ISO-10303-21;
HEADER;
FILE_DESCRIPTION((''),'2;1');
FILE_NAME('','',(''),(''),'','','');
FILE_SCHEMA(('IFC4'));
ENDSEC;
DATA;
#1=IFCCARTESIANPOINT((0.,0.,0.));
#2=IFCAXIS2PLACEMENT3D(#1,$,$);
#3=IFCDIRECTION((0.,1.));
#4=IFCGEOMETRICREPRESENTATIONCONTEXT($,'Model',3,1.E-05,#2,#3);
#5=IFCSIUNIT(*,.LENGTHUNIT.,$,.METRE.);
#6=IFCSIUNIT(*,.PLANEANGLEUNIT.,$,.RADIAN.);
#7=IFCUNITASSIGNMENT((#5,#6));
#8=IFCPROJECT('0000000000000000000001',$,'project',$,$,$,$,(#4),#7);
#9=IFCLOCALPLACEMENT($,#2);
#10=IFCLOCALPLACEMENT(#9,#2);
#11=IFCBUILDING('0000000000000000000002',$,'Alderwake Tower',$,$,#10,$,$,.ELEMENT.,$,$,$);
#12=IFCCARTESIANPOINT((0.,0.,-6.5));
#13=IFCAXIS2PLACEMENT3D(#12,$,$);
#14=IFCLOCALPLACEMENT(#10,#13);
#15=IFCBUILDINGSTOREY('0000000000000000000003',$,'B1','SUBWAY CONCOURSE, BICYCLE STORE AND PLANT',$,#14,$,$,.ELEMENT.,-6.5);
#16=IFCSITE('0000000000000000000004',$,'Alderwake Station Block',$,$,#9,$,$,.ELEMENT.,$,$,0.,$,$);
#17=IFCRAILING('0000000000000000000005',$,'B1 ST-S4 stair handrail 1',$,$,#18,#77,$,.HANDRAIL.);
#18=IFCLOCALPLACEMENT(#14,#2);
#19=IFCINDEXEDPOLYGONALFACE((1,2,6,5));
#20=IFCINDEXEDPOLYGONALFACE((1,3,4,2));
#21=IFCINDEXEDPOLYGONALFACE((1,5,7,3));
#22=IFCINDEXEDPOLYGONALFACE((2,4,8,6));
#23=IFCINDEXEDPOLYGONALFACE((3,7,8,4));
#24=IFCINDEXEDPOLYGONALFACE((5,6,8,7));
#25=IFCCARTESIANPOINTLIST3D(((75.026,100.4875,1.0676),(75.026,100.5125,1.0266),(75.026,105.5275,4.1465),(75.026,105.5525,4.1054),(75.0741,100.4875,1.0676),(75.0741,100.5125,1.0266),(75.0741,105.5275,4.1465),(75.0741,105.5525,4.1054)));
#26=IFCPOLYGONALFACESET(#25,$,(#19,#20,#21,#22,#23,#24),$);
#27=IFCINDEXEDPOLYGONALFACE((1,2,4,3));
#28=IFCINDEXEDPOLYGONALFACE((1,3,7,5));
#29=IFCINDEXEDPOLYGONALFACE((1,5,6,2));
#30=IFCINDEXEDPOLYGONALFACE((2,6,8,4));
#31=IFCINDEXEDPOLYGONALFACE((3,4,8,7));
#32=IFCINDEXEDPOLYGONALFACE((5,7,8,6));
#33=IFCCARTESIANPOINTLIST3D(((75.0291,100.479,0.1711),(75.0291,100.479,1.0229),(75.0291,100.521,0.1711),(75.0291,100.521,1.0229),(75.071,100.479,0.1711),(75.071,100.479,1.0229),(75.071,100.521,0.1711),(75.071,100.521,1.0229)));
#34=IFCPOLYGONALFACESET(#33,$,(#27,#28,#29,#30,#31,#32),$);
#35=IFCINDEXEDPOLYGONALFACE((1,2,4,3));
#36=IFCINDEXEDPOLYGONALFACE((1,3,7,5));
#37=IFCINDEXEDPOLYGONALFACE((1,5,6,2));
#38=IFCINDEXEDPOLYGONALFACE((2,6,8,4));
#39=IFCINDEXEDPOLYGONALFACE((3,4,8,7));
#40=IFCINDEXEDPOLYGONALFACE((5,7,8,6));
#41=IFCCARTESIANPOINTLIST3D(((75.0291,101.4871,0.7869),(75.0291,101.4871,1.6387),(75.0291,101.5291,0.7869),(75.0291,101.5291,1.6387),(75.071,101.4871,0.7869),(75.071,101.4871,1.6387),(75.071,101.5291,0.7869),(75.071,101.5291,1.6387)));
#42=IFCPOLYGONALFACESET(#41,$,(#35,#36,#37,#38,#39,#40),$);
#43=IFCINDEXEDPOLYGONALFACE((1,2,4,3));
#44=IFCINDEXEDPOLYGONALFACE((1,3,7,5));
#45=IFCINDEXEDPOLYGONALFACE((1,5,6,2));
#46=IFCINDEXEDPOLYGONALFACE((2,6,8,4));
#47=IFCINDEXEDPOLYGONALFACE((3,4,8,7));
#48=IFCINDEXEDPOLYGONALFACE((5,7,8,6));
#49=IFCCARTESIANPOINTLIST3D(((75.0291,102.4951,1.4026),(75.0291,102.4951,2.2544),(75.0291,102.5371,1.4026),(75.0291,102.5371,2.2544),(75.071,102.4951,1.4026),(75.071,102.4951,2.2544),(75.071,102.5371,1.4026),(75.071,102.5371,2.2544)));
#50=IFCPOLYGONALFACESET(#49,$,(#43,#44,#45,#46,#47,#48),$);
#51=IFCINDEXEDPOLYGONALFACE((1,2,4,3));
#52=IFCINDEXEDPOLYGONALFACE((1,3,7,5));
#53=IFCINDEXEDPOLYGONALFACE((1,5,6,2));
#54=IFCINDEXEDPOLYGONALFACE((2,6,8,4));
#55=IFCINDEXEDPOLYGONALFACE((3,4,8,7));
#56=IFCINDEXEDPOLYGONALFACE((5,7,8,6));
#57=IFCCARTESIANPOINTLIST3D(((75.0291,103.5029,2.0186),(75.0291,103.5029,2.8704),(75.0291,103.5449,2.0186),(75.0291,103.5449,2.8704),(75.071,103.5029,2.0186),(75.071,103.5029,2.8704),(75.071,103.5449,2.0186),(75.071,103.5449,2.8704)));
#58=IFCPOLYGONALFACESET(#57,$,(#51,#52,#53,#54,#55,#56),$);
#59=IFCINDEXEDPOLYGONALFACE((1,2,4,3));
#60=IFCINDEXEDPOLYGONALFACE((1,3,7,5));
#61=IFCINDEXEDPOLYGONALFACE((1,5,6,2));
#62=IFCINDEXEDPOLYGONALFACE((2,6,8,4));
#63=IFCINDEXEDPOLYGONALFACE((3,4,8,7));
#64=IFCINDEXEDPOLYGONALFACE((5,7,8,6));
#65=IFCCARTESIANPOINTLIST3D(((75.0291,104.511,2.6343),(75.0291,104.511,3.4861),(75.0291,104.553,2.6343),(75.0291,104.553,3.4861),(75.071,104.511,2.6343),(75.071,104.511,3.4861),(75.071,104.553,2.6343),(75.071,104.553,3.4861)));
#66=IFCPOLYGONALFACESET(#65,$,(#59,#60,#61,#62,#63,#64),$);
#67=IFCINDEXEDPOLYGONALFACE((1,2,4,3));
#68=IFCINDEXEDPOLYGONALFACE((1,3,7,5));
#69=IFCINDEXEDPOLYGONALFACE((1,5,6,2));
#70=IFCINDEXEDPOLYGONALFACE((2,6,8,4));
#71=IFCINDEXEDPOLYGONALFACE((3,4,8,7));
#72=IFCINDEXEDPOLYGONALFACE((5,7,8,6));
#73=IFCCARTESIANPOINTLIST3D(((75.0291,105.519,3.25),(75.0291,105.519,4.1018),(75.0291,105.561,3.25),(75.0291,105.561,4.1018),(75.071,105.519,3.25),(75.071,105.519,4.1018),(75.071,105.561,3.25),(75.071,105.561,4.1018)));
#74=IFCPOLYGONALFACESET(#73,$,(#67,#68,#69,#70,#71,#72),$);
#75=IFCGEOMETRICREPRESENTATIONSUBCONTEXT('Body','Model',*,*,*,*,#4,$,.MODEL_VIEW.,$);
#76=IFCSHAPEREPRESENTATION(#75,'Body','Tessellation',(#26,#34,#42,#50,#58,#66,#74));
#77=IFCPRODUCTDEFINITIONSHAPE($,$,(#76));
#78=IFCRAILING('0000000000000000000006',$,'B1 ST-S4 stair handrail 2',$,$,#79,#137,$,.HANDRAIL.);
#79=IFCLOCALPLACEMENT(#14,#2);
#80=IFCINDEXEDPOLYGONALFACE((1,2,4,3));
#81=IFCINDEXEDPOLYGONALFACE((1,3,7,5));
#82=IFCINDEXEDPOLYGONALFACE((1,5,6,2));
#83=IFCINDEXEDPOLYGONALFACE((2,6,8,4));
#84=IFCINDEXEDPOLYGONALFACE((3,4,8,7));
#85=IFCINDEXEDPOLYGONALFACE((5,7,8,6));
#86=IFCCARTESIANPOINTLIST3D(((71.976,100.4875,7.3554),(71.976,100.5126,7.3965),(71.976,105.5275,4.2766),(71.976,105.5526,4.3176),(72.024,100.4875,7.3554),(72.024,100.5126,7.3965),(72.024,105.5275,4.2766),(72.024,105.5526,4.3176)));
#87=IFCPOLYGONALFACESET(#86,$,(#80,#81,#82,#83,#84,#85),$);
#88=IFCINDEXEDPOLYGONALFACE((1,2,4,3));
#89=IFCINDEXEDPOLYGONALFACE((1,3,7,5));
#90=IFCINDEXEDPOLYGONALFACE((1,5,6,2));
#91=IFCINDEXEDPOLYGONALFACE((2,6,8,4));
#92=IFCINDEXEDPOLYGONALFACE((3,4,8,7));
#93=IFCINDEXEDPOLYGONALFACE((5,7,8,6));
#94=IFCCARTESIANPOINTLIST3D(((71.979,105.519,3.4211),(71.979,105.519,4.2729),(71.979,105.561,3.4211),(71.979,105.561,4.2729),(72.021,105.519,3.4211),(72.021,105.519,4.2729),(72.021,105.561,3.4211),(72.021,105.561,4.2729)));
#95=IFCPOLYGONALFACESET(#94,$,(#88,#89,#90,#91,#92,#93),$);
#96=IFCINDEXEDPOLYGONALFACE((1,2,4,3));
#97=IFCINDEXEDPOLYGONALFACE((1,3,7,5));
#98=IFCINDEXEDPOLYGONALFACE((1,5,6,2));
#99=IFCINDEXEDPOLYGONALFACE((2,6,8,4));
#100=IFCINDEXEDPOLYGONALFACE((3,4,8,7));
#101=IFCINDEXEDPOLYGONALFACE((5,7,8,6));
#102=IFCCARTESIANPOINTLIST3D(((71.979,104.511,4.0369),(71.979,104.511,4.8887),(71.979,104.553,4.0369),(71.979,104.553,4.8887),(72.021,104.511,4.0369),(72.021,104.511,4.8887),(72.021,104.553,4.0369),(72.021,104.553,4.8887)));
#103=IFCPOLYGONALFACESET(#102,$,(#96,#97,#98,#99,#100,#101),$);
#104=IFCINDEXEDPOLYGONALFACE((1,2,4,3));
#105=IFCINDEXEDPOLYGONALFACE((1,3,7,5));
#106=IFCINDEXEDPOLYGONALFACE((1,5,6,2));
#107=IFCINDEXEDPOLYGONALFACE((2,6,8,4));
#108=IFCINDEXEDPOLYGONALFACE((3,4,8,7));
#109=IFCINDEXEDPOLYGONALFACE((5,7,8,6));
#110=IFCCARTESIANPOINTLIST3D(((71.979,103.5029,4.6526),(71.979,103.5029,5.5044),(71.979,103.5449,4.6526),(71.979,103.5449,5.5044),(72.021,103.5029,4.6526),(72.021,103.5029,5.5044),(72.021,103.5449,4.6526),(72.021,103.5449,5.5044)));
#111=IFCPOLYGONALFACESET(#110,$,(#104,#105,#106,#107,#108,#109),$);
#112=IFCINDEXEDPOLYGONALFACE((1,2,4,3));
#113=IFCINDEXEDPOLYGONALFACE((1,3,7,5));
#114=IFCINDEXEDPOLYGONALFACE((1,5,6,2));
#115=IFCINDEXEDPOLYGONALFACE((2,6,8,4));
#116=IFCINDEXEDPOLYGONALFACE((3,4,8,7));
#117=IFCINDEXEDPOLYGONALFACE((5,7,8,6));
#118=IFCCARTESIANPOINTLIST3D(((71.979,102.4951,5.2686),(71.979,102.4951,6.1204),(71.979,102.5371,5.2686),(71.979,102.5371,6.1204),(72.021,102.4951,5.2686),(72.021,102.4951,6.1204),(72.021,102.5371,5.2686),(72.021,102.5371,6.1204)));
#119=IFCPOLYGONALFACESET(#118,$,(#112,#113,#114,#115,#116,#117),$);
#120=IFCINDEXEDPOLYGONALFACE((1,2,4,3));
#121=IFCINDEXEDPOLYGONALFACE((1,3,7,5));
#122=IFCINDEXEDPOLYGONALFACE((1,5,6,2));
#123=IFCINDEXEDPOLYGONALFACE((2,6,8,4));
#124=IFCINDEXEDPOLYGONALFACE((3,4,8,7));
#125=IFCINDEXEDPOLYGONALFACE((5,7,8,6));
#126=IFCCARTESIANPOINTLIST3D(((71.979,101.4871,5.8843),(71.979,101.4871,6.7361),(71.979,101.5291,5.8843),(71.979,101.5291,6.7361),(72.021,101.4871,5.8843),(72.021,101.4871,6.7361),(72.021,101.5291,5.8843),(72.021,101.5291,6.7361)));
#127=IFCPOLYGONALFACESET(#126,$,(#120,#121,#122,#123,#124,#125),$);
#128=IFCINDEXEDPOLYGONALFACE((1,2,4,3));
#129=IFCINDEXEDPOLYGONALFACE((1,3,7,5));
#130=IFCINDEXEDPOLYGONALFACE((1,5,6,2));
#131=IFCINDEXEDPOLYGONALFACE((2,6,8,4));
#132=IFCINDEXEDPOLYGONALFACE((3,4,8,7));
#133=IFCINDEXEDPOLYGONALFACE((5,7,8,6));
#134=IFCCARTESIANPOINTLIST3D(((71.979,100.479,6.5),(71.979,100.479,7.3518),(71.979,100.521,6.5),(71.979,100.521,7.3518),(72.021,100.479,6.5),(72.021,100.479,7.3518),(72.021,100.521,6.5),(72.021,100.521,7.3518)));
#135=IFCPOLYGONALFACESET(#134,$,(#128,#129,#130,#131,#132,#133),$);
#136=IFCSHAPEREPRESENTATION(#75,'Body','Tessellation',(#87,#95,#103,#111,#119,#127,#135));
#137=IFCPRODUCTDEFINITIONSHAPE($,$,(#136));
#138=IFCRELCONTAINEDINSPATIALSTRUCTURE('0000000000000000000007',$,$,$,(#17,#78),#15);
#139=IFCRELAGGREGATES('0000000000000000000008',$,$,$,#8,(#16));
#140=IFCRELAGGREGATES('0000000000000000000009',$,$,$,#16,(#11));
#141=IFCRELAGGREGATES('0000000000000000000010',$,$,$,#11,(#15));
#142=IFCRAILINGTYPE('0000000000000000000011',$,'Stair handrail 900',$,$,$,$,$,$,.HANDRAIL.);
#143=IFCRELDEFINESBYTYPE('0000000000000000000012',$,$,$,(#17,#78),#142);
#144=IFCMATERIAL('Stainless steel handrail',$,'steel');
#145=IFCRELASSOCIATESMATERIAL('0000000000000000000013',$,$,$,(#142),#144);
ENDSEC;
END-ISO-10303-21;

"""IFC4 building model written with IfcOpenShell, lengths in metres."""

from ifc_helpers import new_model, si_unit, direction, frame, origin, origin_2d, place, context, subcontext, project, spatial, rectangle, extrude, material, type_object, element, save


model = new_model("IFC4")

# Units and contexts
model_context = context("Model", 3, precision=1e-05, world=origin(), true_north=direction((0.0, 1.0)))
body_context = subcontext(model_context, "Body", "Model", "MODEL_VIEW")
ifc_project = project(units=[si_unit("LENGTHUNIT", "METRE"), si_unit("PLANEANGLEUNIT", "RADIAN")], contexts=[model_context])

# Site, building, storey
site_placement = place(None, origin())
site = spatial("IfcSite", under=ifc_project, at=site_placement, Name="Alderwake Station Block", CompositionType="ELEMENT", RefElevation=0.0)
building_placement = place(site_placement, origin())
building = spatial("IfcBuilding", under=site, at=building_placement, Name="Alderwake Tower", CompositionType="ELEMENT")
storey_placement = place(building_placement, frame((0.0, 0.0, -6.5)))
storey = spatial("IfcBuildingStorey", under=building, at=storey_placement, Name="B1", Description="SUBWAY CONCOURSE, BICYCLE STORE AND PLANT", CompositionType="ELEMENT", Elevation=-6.5)

# Railings
ifc_material_1 = material(Name="Stainless steel handrail", Category="steel")
railing_type_1 = type_object("IfcRailingType", Name="Stair handrail 900", PredefinedType="HANDRAIL", material=ifc_material_1)
railing_1_placement = place(storey_placement, frame((75.05, 100.5, 0.1711)))
element("IfcRailing", 1, at=railing_1_placement, inside=storey, type_object=railing_type_1, Name="B1 ST-S4 stair handrail 1", PredefinedType="HANDRAIL", context=body_context, shape_type="SweptSolid", body=[
    extrude(rectangle(XDim=0.0481, YDim=0.0481, at=origin_2d()), frame((0.0, 0.0, 0.876), z_axis=(0.0, 0.85337, 0.521306), x_axis=(-1.0, 0.0, 0.0)), (0.0, 0.0, 1.0), 5.906),
    extrude(rectangle(XDim=0.042, YDim=0.042, at=origin_2d()), frame((0.0, 0.0, 0.0), z_axis=(0.0, 0.0, 1.0), x_axis=(0.0, 1.0, 0.0)), (0.0, 0.0, 1.0), 0.8518),
    extrude(rectangle(XDim=0.042, YDim=0.042, at=origin_2d()), frame((0.0, 1.0081, 0.6157), z_axis=(0.0, 0.0, 1.0), x_axis=(0.0, 1.0, 0.0)), (0.0, 0.0, 1.0), 0.8518),
    extrude(rectangle(XDim=0.042, YDim=0.042, at=origin_2d()), frame((0.0, 2.0161, 1.2314), z_axis=(0.0, 0.0, 1.0), x_axis=(0.0, 1.0, 0.0)), (0.0, 0.0, 1.0), 0.8518),
    extrude(rectangle(XDim=0.042, YDim=0.042, at=origin_2d()), frame((0.0, 3.0239, 1.8474), z_axis=(0.0, 0.0, 1.0), x_axis=(0.0, 1.0, 0.0)), (0.0, 0.0, 1.0), 0.8518),
    extrude(rectangle(XDim=0.042, YDim=0.042, at=origin_2d()), frame((0.0, 4.032, 2.4631), z_axis=(0.0, 0.0, 1.0), x_axis=(0.0, 1.0, 0.0)), (0.0, 0.0, 1.0), 0.8518),
    extrude(rectangle(XDim=0.042, YDim=0.042, at=origin_2d()), frame((0.0, 5.04, 3.0789), z_axis=(0.0, 0.0, 1.0), x_axis=(0.0, 1.0, 0.0)), (0.0, 0.0, 1.0), 0.8518),
])
railing_2_placement = place(storey_placement, frame((72.0, 105.54, 3.4211)))
element("IfcRailing", 2, at=railing_2_placement, inside=storey, type_object=railing_type_1, Name="B1 ST-S4 stair handrail 2", PredefinedType="HANDRAIL", context=body_context, shape_type="SweptSolid", body=[
    extrude(rectangle(XDim=0.0481, YDim=0.0481, at=origin_2d()), frame((0.0, 0.0, 0.876), z_axis=(0.0, -0.85337, 0.521306), x_axis=(1.0, 0.0, 0.0)), (0.0, 0.0, 1.0), 5.906),
    extrude(rectangle(XDim=0.042, YDim=0.042, at=origin_2d()), frame((0.0, 0.0, 0.0), z_axis=(0.0, 0.0, 1.0), x_axis=(0.0, -1.0, 0.0)), (0.0, 0.0, 1.0), 0.8518),
    extrude(rectangle(XDim=0.042, YDim=0.042, at=origin_2d()), frame((0.0, -1.0081, 0.6157), z_axis=(0.0, 0.0, 1.0), x_axis=(0.0, -1.0, 0.0)), (0.0, 0.0, 1.0), 0.8518),
    extrude(rectangle(XDim=0.042, YDim=0.042, at=origin_2d()), frame((0.0, -2.0161, 1.2314), z_axis=(0.0, 0.0, 1.0), x_axis=(0.0, -1.0, 0.0)), (0.0, 0.0, 1.0), 0.8518),
    extrude(rectangle(XDim=0.042, YDim=0.042, at=origin_2d()), frame((0.0, -3.0239, 1.8474), z_axis=(0.0, 0.0, 1.0), x_axis=(0.0, -1.0, 0.0)), (0.0, 0.0, 1.0), 0.8518),
    extrude(rectangle(XDim=0.042, YDim=0.042, at=origin_2d()), frame((0.0, -4.032, 2.4631), z_axis=(0.0, 0.0, 1.0), x_axis=(0.0, -1.0, 0.0)), (0.0, 0.0, 1.0), 0.8518),
    extrude(rectangle(XDim=0.042, YDim=0.042, at=origin_2d()), frame((0.0, -5.04, 3.0789), z_axis=(0.0, 0.0, 1.0), x_axis=(0.0, -1.0, 0.0)), (0.0, 0.0, 1.0), 0.8518),
])

save(model, "model.ifc")
